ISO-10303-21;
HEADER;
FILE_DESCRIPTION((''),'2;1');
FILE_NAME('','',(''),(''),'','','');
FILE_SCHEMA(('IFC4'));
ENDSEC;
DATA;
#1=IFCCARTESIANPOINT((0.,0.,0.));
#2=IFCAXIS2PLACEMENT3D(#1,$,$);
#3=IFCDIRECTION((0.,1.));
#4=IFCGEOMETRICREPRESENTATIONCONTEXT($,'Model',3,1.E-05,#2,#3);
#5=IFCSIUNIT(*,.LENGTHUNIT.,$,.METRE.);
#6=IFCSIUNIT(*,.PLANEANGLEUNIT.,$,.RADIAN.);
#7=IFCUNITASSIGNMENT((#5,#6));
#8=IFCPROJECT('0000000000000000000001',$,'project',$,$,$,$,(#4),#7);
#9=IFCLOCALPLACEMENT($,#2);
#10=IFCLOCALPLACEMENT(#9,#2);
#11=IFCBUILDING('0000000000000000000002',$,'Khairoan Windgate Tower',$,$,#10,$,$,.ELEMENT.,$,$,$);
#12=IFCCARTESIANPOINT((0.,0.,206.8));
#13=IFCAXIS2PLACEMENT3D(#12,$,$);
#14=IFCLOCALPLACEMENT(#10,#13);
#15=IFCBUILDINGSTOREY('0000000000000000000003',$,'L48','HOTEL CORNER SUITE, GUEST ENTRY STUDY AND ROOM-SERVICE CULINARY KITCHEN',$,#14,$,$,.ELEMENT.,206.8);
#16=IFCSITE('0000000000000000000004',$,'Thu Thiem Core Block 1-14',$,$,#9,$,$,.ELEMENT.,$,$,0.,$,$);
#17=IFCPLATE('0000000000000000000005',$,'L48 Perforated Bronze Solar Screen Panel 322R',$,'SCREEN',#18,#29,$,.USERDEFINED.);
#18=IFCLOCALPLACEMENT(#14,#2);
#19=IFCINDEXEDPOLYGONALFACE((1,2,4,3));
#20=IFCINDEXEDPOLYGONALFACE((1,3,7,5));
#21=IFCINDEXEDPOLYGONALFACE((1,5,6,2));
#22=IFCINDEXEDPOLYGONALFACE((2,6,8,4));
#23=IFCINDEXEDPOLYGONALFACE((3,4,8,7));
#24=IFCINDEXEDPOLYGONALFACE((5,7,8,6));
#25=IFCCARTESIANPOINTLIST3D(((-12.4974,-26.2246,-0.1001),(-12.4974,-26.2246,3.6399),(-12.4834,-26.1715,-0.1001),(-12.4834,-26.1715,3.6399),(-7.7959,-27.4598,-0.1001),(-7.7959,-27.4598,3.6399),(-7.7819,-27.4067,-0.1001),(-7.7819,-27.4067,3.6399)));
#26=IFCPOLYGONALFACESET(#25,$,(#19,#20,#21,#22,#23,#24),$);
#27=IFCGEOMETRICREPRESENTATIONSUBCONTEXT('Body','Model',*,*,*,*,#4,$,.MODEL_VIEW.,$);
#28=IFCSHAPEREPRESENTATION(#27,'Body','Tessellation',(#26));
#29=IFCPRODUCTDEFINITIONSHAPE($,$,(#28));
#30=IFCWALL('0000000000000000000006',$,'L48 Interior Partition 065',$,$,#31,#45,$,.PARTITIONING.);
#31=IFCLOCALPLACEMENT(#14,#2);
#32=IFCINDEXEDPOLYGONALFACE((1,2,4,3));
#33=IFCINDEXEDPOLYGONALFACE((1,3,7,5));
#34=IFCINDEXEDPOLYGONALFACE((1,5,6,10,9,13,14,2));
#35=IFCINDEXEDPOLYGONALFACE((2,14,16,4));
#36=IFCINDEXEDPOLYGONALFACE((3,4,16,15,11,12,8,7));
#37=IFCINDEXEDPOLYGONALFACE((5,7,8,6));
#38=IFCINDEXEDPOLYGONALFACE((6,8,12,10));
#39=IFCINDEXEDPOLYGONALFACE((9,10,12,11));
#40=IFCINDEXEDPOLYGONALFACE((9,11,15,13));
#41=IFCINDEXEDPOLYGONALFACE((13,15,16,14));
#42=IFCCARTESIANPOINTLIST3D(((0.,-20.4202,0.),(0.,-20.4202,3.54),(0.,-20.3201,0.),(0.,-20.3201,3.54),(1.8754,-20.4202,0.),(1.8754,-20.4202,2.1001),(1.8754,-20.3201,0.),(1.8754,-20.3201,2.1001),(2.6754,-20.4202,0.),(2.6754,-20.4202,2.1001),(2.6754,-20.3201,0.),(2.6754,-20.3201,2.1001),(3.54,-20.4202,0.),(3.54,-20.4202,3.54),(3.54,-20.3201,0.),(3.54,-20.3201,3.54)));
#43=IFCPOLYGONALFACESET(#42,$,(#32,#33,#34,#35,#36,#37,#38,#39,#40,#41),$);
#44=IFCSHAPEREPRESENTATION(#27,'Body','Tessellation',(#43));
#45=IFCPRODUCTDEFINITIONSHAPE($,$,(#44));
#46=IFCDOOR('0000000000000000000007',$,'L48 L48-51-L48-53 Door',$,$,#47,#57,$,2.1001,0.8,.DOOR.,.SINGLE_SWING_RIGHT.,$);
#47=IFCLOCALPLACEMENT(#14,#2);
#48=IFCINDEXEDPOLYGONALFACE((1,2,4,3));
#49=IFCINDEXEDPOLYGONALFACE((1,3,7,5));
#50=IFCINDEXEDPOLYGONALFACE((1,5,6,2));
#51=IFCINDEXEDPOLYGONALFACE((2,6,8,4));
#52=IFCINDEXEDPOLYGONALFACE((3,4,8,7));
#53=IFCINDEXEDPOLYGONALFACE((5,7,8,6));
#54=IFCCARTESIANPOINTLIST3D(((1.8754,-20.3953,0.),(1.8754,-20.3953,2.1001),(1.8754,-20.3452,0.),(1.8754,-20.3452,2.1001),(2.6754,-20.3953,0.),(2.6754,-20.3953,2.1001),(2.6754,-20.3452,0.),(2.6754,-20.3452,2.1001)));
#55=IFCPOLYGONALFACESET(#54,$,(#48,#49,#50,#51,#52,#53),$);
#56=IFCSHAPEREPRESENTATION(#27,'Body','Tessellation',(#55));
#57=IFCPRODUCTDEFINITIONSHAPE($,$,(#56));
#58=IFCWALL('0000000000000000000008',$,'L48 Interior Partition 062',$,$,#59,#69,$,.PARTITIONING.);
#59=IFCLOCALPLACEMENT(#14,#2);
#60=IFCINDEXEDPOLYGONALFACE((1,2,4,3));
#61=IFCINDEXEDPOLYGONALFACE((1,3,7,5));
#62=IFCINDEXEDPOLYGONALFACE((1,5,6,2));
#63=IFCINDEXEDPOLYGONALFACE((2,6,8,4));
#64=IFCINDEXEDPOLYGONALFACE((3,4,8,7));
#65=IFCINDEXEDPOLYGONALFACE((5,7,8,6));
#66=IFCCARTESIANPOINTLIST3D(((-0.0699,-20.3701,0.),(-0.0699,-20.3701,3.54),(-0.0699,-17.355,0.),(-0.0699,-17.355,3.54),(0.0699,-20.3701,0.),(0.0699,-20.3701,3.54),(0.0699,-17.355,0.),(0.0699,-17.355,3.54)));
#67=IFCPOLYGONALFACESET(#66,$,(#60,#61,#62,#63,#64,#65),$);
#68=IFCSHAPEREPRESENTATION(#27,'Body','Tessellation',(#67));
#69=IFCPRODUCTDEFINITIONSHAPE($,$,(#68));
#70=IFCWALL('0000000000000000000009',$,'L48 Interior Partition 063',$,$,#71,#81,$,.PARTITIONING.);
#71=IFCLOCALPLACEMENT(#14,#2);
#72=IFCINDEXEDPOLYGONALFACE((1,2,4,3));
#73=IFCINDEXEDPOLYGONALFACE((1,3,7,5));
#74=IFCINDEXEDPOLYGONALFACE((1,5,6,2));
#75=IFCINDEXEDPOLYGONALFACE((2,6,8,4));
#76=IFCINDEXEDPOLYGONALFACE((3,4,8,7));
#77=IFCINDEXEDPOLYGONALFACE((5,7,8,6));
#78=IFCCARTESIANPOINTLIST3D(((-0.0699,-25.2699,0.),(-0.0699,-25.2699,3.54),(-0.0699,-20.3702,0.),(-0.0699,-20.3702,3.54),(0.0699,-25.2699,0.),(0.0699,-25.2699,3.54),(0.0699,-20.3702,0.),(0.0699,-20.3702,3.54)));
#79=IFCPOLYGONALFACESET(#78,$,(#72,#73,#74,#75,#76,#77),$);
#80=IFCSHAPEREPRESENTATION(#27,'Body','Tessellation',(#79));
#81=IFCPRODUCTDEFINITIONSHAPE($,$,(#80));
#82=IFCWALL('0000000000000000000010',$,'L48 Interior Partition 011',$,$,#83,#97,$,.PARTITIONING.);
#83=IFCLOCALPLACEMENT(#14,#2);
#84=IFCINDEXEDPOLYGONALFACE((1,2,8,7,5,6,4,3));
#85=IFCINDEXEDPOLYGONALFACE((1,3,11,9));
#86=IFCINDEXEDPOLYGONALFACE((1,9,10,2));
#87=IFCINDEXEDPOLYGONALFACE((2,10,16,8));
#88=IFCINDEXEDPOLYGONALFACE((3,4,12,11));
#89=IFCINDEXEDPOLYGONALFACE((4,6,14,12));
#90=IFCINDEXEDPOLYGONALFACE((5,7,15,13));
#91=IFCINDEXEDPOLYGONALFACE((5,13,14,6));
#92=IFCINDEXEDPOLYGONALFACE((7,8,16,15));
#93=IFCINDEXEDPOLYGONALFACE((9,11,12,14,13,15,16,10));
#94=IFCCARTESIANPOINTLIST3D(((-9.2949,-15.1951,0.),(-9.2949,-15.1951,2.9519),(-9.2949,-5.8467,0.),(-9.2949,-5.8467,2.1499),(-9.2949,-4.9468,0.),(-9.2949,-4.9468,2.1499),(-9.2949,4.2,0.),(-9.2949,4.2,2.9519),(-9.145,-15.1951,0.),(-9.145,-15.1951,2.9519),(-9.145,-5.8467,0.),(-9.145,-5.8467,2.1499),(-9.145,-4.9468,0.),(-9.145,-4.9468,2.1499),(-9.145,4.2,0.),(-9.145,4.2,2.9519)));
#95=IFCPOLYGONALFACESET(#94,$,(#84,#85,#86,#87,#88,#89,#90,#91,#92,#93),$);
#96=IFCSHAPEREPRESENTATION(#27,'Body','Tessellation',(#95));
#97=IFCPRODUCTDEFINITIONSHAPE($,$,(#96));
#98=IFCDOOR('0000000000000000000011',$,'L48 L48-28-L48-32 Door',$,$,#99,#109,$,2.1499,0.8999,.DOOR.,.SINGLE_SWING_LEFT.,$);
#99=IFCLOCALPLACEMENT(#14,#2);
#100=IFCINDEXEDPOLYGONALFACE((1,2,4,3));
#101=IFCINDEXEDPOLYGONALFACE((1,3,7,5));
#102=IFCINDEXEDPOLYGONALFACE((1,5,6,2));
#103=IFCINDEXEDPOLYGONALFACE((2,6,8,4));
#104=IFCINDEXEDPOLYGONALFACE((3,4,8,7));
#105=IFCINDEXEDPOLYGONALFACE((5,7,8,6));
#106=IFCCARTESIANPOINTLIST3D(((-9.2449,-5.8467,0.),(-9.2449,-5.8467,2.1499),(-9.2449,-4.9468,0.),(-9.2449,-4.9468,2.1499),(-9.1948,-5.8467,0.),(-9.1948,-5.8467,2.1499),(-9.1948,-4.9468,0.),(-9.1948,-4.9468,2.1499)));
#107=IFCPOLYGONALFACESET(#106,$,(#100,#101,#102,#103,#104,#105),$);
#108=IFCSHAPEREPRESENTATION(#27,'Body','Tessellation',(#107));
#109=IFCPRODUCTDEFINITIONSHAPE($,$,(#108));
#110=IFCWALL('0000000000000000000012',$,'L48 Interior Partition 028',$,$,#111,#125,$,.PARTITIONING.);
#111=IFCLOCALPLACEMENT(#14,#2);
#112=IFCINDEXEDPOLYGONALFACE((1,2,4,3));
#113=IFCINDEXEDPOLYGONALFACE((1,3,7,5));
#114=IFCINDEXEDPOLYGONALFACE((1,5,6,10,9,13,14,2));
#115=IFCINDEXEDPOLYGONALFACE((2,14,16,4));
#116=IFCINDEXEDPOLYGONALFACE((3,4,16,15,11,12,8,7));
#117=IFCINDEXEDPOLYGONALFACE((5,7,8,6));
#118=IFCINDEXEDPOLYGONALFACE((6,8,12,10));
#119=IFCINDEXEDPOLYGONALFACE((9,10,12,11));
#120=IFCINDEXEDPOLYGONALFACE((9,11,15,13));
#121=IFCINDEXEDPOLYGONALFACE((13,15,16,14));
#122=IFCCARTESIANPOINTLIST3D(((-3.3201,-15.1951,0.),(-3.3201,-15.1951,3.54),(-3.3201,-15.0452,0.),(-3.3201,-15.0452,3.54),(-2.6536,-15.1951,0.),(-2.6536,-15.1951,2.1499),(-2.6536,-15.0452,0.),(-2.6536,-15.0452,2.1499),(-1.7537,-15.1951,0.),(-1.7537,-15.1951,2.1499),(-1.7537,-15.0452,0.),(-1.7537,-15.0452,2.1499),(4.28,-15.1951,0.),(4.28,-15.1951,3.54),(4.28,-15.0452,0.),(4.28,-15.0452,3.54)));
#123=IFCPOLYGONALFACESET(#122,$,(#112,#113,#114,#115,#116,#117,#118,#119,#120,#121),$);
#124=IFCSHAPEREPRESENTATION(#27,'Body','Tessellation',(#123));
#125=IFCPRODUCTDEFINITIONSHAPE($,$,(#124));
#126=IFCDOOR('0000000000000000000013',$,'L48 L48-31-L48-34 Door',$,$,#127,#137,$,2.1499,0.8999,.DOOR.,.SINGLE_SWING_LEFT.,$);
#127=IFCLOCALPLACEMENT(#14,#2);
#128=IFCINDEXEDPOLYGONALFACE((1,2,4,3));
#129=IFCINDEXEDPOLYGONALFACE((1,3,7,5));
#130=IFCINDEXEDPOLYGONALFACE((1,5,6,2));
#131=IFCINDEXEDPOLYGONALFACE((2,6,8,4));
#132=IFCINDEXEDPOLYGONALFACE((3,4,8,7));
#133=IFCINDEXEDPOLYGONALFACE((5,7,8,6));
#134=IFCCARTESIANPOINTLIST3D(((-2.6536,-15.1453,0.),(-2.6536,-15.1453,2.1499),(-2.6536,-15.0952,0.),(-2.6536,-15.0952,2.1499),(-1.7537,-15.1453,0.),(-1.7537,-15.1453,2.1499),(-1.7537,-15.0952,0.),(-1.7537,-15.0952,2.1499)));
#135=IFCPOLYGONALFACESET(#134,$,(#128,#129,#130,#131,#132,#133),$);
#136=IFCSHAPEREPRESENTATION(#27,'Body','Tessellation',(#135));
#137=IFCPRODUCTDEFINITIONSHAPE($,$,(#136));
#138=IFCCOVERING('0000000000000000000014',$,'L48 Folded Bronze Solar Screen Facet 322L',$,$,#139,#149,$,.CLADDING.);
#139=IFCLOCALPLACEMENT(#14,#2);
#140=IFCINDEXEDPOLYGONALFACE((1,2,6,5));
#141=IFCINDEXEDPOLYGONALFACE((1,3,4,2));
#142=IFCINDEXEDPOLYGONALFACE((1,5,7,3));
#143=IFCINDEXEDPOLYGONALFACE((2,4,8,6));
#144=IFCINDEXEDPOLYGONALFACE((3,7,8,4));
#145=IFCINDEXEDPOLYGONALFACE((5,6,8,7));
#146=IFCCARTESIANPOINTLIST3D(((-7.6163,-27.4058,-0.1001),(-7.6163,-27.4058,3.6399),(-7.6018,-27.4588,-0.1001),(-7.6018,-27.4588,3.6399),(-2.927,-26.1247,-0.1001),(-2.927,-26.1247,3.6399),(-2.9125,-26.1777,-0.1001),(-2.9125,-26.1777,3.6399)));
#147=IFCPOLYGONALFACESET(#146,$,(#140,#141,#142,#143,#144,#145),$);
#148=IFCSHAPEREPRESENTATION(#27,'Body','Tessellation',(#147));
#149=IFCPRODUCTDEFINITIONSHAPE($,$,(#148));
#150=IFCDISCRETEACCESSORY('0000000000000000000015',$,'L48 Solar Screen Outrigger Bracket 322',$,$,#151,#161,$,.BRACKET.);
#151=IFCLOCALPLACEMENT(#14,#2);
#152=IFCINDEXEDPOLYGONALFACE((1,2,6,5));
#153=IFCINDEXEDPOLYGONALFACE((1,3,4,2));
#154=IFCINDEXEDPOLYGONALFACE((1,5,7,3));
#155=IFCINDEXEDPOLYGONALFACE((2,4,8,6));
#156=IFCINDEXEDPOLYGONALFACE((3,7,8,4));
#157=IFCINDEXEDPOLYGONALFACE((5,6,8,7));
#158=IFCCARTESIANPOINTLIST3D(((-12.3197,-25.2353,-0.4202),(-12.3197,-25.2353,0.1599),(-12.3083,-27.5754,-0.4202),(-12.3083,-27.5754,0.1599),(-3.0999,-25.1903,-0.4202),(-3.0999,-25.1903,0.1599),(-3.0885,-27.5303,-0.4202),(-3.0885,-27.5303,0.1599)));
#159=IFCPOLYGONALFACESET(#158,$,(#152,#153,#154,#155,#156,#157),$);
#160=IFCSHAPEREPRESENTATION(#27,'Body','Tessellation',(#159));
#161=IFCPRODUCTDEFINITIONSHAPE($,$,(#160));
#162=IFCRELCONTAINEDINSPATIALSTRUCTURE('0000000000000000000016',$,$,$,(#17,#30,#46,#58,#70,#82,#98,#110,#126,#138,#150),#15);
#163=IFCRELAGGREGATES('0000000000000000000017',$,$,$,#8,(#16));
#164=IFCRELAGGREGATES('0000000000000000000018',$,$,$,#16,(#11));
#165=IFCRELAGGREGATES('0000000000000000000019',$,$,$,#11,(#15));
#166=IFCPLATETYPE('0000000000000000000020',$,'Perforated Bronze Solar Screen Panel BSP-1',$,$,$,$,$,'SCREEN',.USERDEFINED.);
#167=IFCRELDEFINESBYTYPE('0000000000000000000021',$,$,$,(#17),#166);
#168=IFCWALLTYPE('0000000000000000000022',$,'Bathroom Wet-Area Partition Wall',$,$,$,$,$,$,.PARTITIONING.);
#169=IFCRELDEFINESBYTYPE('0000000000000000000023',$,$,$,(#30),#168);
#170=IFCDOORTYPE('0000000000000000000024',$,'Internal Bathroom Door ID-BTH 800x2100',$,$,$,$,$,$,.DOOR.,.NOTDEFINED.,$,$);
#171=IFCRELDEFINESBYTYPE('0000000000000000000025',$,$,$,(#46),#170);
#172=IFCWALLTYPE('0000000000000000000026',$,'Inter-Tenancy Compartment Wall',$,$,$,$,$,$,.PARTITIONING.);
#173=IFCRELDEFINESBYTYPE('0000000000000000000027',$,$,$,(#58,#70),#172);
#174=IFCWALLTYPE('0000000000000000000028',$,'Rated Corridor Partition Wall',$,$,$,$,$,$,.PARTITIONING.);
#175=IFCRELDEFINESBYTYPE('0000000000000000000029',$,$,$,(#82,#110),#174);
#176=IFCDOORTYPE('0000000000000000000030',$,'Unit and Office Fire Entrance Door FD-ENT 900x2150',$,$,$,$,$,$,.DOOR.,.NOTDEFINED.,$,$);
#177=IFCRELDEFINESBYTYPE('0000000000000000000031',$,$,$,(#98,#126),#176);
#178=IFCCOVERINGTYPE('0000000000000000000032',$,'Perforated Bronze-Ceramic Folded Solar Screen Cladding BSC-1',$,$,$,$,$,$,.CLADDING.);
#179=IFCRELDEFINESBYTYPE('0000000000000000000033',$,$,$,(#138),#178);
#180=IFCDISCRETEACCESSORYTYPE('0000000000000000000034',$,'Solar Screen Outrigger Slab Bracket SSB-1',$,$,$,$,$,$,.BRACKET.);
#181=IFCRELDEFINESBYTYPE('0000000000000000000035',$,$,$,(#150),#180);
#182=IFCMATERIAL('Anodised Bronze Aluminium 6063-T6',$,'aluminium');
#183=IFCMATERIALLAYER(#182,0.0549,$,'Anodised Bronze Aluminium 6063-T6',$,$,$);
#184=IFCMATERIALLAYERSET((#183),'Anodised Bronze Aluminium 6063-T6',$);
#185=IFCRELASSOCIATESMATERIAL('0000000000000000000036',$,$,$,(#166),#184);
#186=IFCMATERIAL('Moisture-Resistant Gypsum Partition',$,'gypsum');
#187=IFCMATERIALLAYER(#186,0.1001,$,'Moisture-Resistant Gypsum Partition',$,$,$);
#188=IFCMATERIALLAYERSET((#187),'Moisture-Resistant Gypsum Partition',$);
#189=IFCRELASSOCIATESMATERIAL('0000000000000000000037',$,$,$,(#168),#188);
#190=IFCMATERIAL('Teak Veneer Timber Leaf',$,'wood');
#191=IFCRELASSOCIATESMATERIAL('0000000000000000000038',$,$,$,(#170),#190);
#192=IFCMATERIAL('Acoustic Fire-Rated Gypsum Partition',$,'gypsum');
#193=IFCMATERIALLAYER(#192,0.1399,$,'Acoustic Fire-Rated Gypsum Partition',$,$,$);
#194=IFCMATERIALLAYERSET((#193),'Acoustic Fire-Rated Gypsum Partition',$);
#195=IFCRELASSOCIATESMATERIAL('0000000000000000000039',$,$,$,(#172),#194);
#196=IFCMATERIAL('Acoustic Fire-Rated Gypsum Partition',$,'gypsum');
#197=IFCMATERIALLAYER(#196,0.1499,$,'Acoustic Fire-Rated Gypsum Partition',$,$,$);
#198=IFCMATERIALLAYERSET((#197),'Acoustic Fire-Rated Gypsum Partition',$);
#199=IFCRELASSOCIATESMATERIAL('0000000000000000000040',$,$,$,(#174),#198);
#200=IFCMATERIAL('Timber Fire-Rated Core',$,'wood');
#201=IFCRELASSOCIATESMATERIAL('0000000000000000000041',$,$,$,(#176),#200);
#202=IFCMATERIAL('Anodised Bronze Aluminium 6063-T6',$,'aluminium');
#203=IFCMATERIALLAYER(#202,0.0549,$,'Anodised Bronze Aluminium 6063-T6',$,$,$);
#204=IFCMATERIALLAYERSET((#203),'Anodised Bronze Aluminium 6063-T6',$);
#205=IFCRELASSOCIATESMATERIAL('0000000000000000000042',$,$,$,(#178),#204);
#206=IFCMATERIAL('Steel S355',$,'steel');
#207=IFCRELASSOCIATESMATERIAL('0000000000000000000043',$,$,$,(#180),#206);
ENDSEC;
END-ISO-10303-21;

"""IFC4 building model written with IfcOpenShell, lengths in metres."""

from ifc_helpers import new_model, si_unit, direction, frame, frame_2d, origin, origin_2d, place, context, subcontext, project, spatial, rectangle, extrude, material, layer, layer_set, type_object, element, fill, save


model = new_model("IFC4")

# Units and contexts
model_context = context("Model", 3, precision=1e-05, world=origin(), true_north=direction((0.0, 1.0)))
body_context = subcontext(model_context, "Body", "Model", "MODEL_VIEW")
ifc_project = project(units=[si_unit("LENGTHUNIT", "METRE"), si_unit("PLANEANGLEUNIT", "RADIAN")], contexts=[model_context])

# Site, building, storey
site_placement = place(None, origin())
site = spatial("IfcSite", under=ifc_project, at=site_placement, Name="Thu Thiem Core Block 1-14", CompositionType="ELEMENT", RefElevation=0.0)
building_placement = place(site_placement, origin())
building = spatial("IfcBuilding", under=site, at=building_placement, Name="Khairoan Windgate Tower", CompositionType="ELEMENT")
storey_placement = place(building_placement, frame((0.0, 0.0, 206.8)))
storey = spatial("IfcBuildingStorey", under=building, at=storey_placement, Name="L48", Description="HOTEL CORNER SUITE, GUEST ENTRY STUDY AND ROOM-SERVICE CULINARY KITCHEN", CompositionType="ELEMENT", Elevation=206.8)

# Plate
ifc_material_1 = material(Name="Anodised Bronze Aluminium 6063-T6", Category="aluminium")
ifc_layer_1 = layer(ifc_material_1, 0.0549, Name="Anodised Bronze Aluminium 6063-T6")
ifc_layer_set_1 = layer_set([ifc_layer_1], Name="Anodised Bronze Aluminium 6063-T6")
plate_type = type_object("IfcPlateType", Name="Perforated Bronze Solar Screen Panel BSP-1", ElementType="SCREEN", PredefinedType="USERDEFINED", material=ifc_layer_set_1)
plate_placement = place(storey_placement, frame((-10.1396, -26.8157, -0.1001), z_axis=(0.0, 0.0, 1.0), x_axis=(-0.967179, 0.254096, 0.0)))
element("IfcPlate", 1, at=plate_placement, inside=storey, type_object=plate_type, Name="L48 Perforated Bronze Solar Screen Panel 322R", ObjectType="SCREEN", PredefinedType="USERDEFINED", context=body_context, shape_type="SweptSolid", body=[
    extrude(rectangle(XDim=4.8611, YDim=0.0549, at=origin_2d()), origin(), (0.0, 0.0, 1.0), 3.74),
])

# Wall, opening, door
ifc_material_2 = material(Name="Moisture-Resistant Gypsum Partition", Category="gypsum")
ifc_layer_2 = layer(ifc_material_2, 0.1001, Name="Moisture-Resistant Gypsum Partition")
ifc_layer_set_2 = layer_set([ifc_layer_2], Name="Moisture-Resistant Gypsum Partition")
wall_type_1 = type_object("IfcWallType", Name="Bathroom Wet-Area Partition Wall", PredefinedType="PARTITIONING", material=ifc_layer_set_2)
wall_1_placement = place(storey_placement, frame((0.0, -20.3701, 0.0), z_axis=(0.0, 0.0, 1.0), x_axis=(1.0, 0.0, 0.0)))
wall_1 = element("IfcWall", 2, at=wall_1_placement, inside=storey, type_object=wall_type_1, Name="L48 Interior Partition 065", PredefinedType="PARTITIONING", context=body_context, shape_type="SweptSolid", body=[
    extrude(rectangle(XDim=3.54, YDim=0.1001, at=frame_2d((1.77, 0.0))), origin(), (0.0, 0.0, 1.0), 3.54),
])
opening_1_placement = place(wall_1_placement, frame((1.8755, 0.0, 0.0)))
opening_1 = element("IfcOpeningElement", 3, at=opening_1_placement, cuts=wall_1, PredefinedType="OPENING", context=body_context, shape_type="SweptSolid", body=[
    extrude(rectangle(XDim=0.8, YDim=2.1001, at=frame_2d((0.3999, 1.05))), frame((0.0, 0.0601, 0.0), z_axis=(0.0, -1.0, 0.0), x_axis=(1.0, 0.0, 0.0)), (0.0, 0.0, 1.0), 0.1201),
])
ifc_material_3 = material(Name="Teak Veneer Timber Leaf", Category="wood")
door_type_1 = type_object("IfcDoorType", Name="Internal Bathroom Door ID-BTH 800x2100", OperationType="NOTDEFINED", PredefinedType="DOOR", material=ifc_material_3)
door_1_placement = place(opening_1_placement, origin())
door_1 = element("IfcDoor", 4, at=door_1_placement, inside=storey, type_object=door_type_1, Name="L48 L48-51-L48-53 Door", OperationType="SINGLE_SWING_RIGHT", OverallHeight=2.1001, OverallWidth=0.8, PredefinedType="DOOR", context=body_context, shape_type="SweptSolid", body=[
    extrude(rectangle(XDim=0.8, YDim=2.1001, at=frame_2d((0.3999, 1.05))), frame((0.0, 0.0249, 0.0), z_axis=(0.0, -1.0, 0.0), x_axis=(1.0, 0.0, 0.0)), (0.0, 0.0, 1.0), 0.05),
])
fill(opening_1, door_1)

# Walls
ifc_material_4 = material(Name="Acoustic Fire-Rated Gypsum Partition", Category="gypsum")
ifc_layer_3 = layer(ifc_material_4, 0.1399, Name="Acoustic Fire-Rated Gypsum Partition")
ifc_layer_set_3 = layer_set([ifc_layer_3], Name="Acoustic Fire-Rated Gypsum Partition")
wall_type_2 = type_object("IfcWallType", Name="Inter-Tenancy Compartment Wall", PredefinedType="PARTITIONING", material=ifc_layer_set_3)
wall_2_placement = place(storey_placement, frame((0.0, -20.3701, 0.0), z_axis=(0.0, 0.0, 1.0), x_axis=(0.0, 1.0, 0.0)))
element("IfcWall", 5, at=wall_2_placement, inside=storey, type_object=wall_type_2, Name="L48 Interior Partition 062", PredefinedType="PARTITIONING", context=body_context, shape_type="SweptSolid", body=[
    extrude(rectangle(XDim=3.0151, YDim=0.1399, at=frame_2d((1.5076, 0.0))), origin(), (0.0, 0.0, 1.0), 3.54),
])
wall_3_placement = place(storey_placement, frame((0.0, -25.2698, 0.0), z_axis=(0.0, 0.0, 1.0), x_axis=(0.0, 1.0, 0.0)))
element("IfcWall", 6, at=wall_3_placement, inside=storey, type_object=wall_type_2, Name="L48 Interior Partition 063", PredefinedType="PARTITIONING", context=body_context, shape_type="SweptSolid", body=[
    extrude(rectangle(XDim=4.8997, YDim=0.1399, at=frame_2d((2.4497, 0.0))), origin(), (0.0, 0.0, 1.0), 3.54),
])

# Walls, openings, doors
ifc_material_5 = material(Name="Acoustic Fire-Rated Gypsum Partition", Category="gypsum")
ifc_layer_4 = layer(ifc_material_5, 0.1499, Name="Acoustic Fire-Rated Gypsum Partition")
ifc_layer_set_4 = layer_set([ifc_layer_4], Name="Acoustic Fire-Rated Gypsum Partition")
wall_type_3 = type_object("IfcWallType", Name="Rated Corridor Partition Wall", PredefinedType="PARTITIONING", material=ifc_layer_set_4)
wall_4_placement = place(storey_placement, frame((-9.22, -15.1951, 0.0), z_axis=(0.0, 0.0, 1.0), x_axis=(0.0, 1.0, 0.0)))
wall_4 = element("IfcWall", 7, at=wall_4_placement, inside=storey, type_object=wall_type_3, Name="L48 Interior Partition 011", PredefinedType="PARTITIONING", context=body_context, shape_type="SweptSolid", body=[
    extrude(rectangle(XDim=19.395, YDim=0.1499, at=frame_2d((9.6975, 0.0))), origin(), (0.0, 0.0, 1.0), 2.9519),
])
opening_2_placement = place(wall_4_placement, frame((9.3484, 0.0, 0.0)))
opening_2 = element("IfcOpeningElement", 8, at=opening_2_placement, cuts=wall_4, PredefinedType="OPENING", context=body_context, shape_type="SweptSolid", body=[
    extrude(rectangle(XDim=0.8999, YDim=2.1499, at=frame_2d((0.45, 1.075))), frame((0.0, 0.085, 0.0), z_axis=(0.0, -1.0, 0.0), x_axis=(1.0, 0.0, 0.0)), (0.0, 0.0, 1.0), 0.1699),
])
ifc_material_6 = material(Name="Timber Fire-Rated Core", Category="wood")
door_type_2 = type_object("IfcDoorType", Name="Unit and Office Fire Entrance Door FD-ENT 900x2150", OperationType="NOTDEFINED", PredefinedType="DOOR", material=ifc_material_6)
door_2_placement = place(opening_2_placement, origin())
door_2 = element("IfcDoor", 9, at=door_2_placement, inside=storey, type_object=door_type_2, Name="L48 L48-28-L48-32 Door", OperationType="SINGLE_SWING_LEFT", OverallHeight=2.1499, OverallWidth=0.8999, PredefinedType="DOOR", context=body_context, shape_type="SweptSolid", body=[
    extrude(rectangle(XDim=0.8999, YDim=2.1499, at=frame_2d((0.45, 1.075))), frame((0.0, 0.0249, 0.0), z_axis=(0.0, -1.0, 0.0), x_axis=(1.0, 0.0, 0.0)), (0.0, 0.0, 1.0), 0.05),
])
fill(opening_2, door_2)
wall_5_placement = place(storey_placement, frame((-3.3201, -15.1201, 0.0), z_axis=(0.0, 0.0, 1.0), x_axis=(1.0, 0.0, 0.0)))
wall_5 = element("IfcWall", 10, at=wall_5_placement, inside=storey, type_object=wall_type_3, Name="L48 Interior Partition 028", PredefinedType="PARTITIONING", context=body_context, shape_type="SweptSolid", body=[
    extrude(rectangle(XDim=7.6001, YDim=0.1499, at=frame_2d((3.8, 0.0))), origin(), (0.0, 0.0, 1.0), 3.54),
])
opening_3_placement = place(wall_5_placement, frame((0.6665, 0.0, 0.0)))
opening_3 = element("IfcOpeningElement", 11, at=opening_3_placement, cuts=wall_5, PredefinedType="OPENING", context=body_context, shape_type="SweptSolid", body=[
    extrude(rectangle(XDim=0.8999, YDim=2.1499, at=frame_2d((0.45, 1.075))), frame((0.0, 0.085, 0.0), z_axis=(0.0, -1.0, 0.0), x_axis=(1.0, 0.0, 0.0)), (0.0, 0.0, 1.0), 0.1699),
])
door_3_placement = place(opening_3_placement, origin())
door_3 = element("IfcDoor", 12, at=door_3_placement, inside=storey, type_object=door_type_2, Name="L48 L48-31-L48-34 Door", OperationType="SINGLE_SWING_LEFT", OverallHeight=2.1499, OverallWidth=0.8999, PredefinedType="DOOR", context=body_context, shape_type="SweptSolid", body=[
    extrude(rectangle(XDim=0.8999, YDim=2.1499, at=frame_2d((0.45, 1.075))), frame((0.0, 0.0249, 0.0), z_axis=(0.0, -1.0, 0.0), x_axis=(1.0, 0.0, 0.0)), (0.0, 0.0, 1.0), 0.05),
])
fill(opening_3, door_3)

# Covering
ifc_material_7 = material(Name="Anodised Bronze Aluminium 6063-T6", Category="aluminium")
ifc_layer_5 = layer(ifc_material_7, 0.0549, Name="Anodised Bronze Aluminium 6063-T6")
ifc_layer_set_5 = layer_set([ifc_layer_5], Name="Anodised Bronze Aluminium 6063-T6")
covering_type = type_object("IfcCoveringType", Name="Perforated Bronze-Ceramic Folded Solar Screen Cladding BSC-1", PredefinedType="CLADDING", material=ifc_layer_set_5)
covering_placement = place(storey_placement, frame((-5.2644, -26.7917, -0.1001), z_axis=(0.0, 0.0, 1.0), x_axis=(-0.964649, -0.263536, 0.0)))
element("IfcCovering", 13, at=covering_placement, inside=storey, type_object=covering_type, Name="L48 Folded Bronze Solar Screen Facet 322L", PredefinedType="CLADDING", context=body_context, shape_type="SweptSolid", body=[
    extrude(rectangle(XDim=4.8611, YDim=0.0549, at=origin_2d()), origin(), (0.0, 0.0, 1.0), 3.74),
])

# Discrete accessory
ifc_material_8 = material(Name="Steel S355", Category="steel")
discrete_accessory_type = type_object("IfcDiscreteAccessoryType", Name="Solar Screen Outrigger Slab Bracket SSB-1", PredefinedType="BRACKET", material=ifc_material_8)
discrete_accessory_placement = place(storey_placement, frame((-7.7041, -26.3828, -0.4202), z_axis=(0.0, 0.0, 1.0), x_axis=(-0.999988, -0.004887, 0.0)))
element("IfcDiscreteAccessory", 14, at=discrete_accessory_placement, inside=storey, type_object=discrete_accessory_type, Name="L48 Solar Screen Outrigger Bracket 322", PredefinedType="BRACKET", context=body_context, shape_type="SweptSolid", body=[
    extrude(rectangle(XDim=9.22, YDim=2.3401, at=origin_2d()), origin(), (0.0, 0.0, 1.0), 0.5801),
])

save(model, "model.ifc")
